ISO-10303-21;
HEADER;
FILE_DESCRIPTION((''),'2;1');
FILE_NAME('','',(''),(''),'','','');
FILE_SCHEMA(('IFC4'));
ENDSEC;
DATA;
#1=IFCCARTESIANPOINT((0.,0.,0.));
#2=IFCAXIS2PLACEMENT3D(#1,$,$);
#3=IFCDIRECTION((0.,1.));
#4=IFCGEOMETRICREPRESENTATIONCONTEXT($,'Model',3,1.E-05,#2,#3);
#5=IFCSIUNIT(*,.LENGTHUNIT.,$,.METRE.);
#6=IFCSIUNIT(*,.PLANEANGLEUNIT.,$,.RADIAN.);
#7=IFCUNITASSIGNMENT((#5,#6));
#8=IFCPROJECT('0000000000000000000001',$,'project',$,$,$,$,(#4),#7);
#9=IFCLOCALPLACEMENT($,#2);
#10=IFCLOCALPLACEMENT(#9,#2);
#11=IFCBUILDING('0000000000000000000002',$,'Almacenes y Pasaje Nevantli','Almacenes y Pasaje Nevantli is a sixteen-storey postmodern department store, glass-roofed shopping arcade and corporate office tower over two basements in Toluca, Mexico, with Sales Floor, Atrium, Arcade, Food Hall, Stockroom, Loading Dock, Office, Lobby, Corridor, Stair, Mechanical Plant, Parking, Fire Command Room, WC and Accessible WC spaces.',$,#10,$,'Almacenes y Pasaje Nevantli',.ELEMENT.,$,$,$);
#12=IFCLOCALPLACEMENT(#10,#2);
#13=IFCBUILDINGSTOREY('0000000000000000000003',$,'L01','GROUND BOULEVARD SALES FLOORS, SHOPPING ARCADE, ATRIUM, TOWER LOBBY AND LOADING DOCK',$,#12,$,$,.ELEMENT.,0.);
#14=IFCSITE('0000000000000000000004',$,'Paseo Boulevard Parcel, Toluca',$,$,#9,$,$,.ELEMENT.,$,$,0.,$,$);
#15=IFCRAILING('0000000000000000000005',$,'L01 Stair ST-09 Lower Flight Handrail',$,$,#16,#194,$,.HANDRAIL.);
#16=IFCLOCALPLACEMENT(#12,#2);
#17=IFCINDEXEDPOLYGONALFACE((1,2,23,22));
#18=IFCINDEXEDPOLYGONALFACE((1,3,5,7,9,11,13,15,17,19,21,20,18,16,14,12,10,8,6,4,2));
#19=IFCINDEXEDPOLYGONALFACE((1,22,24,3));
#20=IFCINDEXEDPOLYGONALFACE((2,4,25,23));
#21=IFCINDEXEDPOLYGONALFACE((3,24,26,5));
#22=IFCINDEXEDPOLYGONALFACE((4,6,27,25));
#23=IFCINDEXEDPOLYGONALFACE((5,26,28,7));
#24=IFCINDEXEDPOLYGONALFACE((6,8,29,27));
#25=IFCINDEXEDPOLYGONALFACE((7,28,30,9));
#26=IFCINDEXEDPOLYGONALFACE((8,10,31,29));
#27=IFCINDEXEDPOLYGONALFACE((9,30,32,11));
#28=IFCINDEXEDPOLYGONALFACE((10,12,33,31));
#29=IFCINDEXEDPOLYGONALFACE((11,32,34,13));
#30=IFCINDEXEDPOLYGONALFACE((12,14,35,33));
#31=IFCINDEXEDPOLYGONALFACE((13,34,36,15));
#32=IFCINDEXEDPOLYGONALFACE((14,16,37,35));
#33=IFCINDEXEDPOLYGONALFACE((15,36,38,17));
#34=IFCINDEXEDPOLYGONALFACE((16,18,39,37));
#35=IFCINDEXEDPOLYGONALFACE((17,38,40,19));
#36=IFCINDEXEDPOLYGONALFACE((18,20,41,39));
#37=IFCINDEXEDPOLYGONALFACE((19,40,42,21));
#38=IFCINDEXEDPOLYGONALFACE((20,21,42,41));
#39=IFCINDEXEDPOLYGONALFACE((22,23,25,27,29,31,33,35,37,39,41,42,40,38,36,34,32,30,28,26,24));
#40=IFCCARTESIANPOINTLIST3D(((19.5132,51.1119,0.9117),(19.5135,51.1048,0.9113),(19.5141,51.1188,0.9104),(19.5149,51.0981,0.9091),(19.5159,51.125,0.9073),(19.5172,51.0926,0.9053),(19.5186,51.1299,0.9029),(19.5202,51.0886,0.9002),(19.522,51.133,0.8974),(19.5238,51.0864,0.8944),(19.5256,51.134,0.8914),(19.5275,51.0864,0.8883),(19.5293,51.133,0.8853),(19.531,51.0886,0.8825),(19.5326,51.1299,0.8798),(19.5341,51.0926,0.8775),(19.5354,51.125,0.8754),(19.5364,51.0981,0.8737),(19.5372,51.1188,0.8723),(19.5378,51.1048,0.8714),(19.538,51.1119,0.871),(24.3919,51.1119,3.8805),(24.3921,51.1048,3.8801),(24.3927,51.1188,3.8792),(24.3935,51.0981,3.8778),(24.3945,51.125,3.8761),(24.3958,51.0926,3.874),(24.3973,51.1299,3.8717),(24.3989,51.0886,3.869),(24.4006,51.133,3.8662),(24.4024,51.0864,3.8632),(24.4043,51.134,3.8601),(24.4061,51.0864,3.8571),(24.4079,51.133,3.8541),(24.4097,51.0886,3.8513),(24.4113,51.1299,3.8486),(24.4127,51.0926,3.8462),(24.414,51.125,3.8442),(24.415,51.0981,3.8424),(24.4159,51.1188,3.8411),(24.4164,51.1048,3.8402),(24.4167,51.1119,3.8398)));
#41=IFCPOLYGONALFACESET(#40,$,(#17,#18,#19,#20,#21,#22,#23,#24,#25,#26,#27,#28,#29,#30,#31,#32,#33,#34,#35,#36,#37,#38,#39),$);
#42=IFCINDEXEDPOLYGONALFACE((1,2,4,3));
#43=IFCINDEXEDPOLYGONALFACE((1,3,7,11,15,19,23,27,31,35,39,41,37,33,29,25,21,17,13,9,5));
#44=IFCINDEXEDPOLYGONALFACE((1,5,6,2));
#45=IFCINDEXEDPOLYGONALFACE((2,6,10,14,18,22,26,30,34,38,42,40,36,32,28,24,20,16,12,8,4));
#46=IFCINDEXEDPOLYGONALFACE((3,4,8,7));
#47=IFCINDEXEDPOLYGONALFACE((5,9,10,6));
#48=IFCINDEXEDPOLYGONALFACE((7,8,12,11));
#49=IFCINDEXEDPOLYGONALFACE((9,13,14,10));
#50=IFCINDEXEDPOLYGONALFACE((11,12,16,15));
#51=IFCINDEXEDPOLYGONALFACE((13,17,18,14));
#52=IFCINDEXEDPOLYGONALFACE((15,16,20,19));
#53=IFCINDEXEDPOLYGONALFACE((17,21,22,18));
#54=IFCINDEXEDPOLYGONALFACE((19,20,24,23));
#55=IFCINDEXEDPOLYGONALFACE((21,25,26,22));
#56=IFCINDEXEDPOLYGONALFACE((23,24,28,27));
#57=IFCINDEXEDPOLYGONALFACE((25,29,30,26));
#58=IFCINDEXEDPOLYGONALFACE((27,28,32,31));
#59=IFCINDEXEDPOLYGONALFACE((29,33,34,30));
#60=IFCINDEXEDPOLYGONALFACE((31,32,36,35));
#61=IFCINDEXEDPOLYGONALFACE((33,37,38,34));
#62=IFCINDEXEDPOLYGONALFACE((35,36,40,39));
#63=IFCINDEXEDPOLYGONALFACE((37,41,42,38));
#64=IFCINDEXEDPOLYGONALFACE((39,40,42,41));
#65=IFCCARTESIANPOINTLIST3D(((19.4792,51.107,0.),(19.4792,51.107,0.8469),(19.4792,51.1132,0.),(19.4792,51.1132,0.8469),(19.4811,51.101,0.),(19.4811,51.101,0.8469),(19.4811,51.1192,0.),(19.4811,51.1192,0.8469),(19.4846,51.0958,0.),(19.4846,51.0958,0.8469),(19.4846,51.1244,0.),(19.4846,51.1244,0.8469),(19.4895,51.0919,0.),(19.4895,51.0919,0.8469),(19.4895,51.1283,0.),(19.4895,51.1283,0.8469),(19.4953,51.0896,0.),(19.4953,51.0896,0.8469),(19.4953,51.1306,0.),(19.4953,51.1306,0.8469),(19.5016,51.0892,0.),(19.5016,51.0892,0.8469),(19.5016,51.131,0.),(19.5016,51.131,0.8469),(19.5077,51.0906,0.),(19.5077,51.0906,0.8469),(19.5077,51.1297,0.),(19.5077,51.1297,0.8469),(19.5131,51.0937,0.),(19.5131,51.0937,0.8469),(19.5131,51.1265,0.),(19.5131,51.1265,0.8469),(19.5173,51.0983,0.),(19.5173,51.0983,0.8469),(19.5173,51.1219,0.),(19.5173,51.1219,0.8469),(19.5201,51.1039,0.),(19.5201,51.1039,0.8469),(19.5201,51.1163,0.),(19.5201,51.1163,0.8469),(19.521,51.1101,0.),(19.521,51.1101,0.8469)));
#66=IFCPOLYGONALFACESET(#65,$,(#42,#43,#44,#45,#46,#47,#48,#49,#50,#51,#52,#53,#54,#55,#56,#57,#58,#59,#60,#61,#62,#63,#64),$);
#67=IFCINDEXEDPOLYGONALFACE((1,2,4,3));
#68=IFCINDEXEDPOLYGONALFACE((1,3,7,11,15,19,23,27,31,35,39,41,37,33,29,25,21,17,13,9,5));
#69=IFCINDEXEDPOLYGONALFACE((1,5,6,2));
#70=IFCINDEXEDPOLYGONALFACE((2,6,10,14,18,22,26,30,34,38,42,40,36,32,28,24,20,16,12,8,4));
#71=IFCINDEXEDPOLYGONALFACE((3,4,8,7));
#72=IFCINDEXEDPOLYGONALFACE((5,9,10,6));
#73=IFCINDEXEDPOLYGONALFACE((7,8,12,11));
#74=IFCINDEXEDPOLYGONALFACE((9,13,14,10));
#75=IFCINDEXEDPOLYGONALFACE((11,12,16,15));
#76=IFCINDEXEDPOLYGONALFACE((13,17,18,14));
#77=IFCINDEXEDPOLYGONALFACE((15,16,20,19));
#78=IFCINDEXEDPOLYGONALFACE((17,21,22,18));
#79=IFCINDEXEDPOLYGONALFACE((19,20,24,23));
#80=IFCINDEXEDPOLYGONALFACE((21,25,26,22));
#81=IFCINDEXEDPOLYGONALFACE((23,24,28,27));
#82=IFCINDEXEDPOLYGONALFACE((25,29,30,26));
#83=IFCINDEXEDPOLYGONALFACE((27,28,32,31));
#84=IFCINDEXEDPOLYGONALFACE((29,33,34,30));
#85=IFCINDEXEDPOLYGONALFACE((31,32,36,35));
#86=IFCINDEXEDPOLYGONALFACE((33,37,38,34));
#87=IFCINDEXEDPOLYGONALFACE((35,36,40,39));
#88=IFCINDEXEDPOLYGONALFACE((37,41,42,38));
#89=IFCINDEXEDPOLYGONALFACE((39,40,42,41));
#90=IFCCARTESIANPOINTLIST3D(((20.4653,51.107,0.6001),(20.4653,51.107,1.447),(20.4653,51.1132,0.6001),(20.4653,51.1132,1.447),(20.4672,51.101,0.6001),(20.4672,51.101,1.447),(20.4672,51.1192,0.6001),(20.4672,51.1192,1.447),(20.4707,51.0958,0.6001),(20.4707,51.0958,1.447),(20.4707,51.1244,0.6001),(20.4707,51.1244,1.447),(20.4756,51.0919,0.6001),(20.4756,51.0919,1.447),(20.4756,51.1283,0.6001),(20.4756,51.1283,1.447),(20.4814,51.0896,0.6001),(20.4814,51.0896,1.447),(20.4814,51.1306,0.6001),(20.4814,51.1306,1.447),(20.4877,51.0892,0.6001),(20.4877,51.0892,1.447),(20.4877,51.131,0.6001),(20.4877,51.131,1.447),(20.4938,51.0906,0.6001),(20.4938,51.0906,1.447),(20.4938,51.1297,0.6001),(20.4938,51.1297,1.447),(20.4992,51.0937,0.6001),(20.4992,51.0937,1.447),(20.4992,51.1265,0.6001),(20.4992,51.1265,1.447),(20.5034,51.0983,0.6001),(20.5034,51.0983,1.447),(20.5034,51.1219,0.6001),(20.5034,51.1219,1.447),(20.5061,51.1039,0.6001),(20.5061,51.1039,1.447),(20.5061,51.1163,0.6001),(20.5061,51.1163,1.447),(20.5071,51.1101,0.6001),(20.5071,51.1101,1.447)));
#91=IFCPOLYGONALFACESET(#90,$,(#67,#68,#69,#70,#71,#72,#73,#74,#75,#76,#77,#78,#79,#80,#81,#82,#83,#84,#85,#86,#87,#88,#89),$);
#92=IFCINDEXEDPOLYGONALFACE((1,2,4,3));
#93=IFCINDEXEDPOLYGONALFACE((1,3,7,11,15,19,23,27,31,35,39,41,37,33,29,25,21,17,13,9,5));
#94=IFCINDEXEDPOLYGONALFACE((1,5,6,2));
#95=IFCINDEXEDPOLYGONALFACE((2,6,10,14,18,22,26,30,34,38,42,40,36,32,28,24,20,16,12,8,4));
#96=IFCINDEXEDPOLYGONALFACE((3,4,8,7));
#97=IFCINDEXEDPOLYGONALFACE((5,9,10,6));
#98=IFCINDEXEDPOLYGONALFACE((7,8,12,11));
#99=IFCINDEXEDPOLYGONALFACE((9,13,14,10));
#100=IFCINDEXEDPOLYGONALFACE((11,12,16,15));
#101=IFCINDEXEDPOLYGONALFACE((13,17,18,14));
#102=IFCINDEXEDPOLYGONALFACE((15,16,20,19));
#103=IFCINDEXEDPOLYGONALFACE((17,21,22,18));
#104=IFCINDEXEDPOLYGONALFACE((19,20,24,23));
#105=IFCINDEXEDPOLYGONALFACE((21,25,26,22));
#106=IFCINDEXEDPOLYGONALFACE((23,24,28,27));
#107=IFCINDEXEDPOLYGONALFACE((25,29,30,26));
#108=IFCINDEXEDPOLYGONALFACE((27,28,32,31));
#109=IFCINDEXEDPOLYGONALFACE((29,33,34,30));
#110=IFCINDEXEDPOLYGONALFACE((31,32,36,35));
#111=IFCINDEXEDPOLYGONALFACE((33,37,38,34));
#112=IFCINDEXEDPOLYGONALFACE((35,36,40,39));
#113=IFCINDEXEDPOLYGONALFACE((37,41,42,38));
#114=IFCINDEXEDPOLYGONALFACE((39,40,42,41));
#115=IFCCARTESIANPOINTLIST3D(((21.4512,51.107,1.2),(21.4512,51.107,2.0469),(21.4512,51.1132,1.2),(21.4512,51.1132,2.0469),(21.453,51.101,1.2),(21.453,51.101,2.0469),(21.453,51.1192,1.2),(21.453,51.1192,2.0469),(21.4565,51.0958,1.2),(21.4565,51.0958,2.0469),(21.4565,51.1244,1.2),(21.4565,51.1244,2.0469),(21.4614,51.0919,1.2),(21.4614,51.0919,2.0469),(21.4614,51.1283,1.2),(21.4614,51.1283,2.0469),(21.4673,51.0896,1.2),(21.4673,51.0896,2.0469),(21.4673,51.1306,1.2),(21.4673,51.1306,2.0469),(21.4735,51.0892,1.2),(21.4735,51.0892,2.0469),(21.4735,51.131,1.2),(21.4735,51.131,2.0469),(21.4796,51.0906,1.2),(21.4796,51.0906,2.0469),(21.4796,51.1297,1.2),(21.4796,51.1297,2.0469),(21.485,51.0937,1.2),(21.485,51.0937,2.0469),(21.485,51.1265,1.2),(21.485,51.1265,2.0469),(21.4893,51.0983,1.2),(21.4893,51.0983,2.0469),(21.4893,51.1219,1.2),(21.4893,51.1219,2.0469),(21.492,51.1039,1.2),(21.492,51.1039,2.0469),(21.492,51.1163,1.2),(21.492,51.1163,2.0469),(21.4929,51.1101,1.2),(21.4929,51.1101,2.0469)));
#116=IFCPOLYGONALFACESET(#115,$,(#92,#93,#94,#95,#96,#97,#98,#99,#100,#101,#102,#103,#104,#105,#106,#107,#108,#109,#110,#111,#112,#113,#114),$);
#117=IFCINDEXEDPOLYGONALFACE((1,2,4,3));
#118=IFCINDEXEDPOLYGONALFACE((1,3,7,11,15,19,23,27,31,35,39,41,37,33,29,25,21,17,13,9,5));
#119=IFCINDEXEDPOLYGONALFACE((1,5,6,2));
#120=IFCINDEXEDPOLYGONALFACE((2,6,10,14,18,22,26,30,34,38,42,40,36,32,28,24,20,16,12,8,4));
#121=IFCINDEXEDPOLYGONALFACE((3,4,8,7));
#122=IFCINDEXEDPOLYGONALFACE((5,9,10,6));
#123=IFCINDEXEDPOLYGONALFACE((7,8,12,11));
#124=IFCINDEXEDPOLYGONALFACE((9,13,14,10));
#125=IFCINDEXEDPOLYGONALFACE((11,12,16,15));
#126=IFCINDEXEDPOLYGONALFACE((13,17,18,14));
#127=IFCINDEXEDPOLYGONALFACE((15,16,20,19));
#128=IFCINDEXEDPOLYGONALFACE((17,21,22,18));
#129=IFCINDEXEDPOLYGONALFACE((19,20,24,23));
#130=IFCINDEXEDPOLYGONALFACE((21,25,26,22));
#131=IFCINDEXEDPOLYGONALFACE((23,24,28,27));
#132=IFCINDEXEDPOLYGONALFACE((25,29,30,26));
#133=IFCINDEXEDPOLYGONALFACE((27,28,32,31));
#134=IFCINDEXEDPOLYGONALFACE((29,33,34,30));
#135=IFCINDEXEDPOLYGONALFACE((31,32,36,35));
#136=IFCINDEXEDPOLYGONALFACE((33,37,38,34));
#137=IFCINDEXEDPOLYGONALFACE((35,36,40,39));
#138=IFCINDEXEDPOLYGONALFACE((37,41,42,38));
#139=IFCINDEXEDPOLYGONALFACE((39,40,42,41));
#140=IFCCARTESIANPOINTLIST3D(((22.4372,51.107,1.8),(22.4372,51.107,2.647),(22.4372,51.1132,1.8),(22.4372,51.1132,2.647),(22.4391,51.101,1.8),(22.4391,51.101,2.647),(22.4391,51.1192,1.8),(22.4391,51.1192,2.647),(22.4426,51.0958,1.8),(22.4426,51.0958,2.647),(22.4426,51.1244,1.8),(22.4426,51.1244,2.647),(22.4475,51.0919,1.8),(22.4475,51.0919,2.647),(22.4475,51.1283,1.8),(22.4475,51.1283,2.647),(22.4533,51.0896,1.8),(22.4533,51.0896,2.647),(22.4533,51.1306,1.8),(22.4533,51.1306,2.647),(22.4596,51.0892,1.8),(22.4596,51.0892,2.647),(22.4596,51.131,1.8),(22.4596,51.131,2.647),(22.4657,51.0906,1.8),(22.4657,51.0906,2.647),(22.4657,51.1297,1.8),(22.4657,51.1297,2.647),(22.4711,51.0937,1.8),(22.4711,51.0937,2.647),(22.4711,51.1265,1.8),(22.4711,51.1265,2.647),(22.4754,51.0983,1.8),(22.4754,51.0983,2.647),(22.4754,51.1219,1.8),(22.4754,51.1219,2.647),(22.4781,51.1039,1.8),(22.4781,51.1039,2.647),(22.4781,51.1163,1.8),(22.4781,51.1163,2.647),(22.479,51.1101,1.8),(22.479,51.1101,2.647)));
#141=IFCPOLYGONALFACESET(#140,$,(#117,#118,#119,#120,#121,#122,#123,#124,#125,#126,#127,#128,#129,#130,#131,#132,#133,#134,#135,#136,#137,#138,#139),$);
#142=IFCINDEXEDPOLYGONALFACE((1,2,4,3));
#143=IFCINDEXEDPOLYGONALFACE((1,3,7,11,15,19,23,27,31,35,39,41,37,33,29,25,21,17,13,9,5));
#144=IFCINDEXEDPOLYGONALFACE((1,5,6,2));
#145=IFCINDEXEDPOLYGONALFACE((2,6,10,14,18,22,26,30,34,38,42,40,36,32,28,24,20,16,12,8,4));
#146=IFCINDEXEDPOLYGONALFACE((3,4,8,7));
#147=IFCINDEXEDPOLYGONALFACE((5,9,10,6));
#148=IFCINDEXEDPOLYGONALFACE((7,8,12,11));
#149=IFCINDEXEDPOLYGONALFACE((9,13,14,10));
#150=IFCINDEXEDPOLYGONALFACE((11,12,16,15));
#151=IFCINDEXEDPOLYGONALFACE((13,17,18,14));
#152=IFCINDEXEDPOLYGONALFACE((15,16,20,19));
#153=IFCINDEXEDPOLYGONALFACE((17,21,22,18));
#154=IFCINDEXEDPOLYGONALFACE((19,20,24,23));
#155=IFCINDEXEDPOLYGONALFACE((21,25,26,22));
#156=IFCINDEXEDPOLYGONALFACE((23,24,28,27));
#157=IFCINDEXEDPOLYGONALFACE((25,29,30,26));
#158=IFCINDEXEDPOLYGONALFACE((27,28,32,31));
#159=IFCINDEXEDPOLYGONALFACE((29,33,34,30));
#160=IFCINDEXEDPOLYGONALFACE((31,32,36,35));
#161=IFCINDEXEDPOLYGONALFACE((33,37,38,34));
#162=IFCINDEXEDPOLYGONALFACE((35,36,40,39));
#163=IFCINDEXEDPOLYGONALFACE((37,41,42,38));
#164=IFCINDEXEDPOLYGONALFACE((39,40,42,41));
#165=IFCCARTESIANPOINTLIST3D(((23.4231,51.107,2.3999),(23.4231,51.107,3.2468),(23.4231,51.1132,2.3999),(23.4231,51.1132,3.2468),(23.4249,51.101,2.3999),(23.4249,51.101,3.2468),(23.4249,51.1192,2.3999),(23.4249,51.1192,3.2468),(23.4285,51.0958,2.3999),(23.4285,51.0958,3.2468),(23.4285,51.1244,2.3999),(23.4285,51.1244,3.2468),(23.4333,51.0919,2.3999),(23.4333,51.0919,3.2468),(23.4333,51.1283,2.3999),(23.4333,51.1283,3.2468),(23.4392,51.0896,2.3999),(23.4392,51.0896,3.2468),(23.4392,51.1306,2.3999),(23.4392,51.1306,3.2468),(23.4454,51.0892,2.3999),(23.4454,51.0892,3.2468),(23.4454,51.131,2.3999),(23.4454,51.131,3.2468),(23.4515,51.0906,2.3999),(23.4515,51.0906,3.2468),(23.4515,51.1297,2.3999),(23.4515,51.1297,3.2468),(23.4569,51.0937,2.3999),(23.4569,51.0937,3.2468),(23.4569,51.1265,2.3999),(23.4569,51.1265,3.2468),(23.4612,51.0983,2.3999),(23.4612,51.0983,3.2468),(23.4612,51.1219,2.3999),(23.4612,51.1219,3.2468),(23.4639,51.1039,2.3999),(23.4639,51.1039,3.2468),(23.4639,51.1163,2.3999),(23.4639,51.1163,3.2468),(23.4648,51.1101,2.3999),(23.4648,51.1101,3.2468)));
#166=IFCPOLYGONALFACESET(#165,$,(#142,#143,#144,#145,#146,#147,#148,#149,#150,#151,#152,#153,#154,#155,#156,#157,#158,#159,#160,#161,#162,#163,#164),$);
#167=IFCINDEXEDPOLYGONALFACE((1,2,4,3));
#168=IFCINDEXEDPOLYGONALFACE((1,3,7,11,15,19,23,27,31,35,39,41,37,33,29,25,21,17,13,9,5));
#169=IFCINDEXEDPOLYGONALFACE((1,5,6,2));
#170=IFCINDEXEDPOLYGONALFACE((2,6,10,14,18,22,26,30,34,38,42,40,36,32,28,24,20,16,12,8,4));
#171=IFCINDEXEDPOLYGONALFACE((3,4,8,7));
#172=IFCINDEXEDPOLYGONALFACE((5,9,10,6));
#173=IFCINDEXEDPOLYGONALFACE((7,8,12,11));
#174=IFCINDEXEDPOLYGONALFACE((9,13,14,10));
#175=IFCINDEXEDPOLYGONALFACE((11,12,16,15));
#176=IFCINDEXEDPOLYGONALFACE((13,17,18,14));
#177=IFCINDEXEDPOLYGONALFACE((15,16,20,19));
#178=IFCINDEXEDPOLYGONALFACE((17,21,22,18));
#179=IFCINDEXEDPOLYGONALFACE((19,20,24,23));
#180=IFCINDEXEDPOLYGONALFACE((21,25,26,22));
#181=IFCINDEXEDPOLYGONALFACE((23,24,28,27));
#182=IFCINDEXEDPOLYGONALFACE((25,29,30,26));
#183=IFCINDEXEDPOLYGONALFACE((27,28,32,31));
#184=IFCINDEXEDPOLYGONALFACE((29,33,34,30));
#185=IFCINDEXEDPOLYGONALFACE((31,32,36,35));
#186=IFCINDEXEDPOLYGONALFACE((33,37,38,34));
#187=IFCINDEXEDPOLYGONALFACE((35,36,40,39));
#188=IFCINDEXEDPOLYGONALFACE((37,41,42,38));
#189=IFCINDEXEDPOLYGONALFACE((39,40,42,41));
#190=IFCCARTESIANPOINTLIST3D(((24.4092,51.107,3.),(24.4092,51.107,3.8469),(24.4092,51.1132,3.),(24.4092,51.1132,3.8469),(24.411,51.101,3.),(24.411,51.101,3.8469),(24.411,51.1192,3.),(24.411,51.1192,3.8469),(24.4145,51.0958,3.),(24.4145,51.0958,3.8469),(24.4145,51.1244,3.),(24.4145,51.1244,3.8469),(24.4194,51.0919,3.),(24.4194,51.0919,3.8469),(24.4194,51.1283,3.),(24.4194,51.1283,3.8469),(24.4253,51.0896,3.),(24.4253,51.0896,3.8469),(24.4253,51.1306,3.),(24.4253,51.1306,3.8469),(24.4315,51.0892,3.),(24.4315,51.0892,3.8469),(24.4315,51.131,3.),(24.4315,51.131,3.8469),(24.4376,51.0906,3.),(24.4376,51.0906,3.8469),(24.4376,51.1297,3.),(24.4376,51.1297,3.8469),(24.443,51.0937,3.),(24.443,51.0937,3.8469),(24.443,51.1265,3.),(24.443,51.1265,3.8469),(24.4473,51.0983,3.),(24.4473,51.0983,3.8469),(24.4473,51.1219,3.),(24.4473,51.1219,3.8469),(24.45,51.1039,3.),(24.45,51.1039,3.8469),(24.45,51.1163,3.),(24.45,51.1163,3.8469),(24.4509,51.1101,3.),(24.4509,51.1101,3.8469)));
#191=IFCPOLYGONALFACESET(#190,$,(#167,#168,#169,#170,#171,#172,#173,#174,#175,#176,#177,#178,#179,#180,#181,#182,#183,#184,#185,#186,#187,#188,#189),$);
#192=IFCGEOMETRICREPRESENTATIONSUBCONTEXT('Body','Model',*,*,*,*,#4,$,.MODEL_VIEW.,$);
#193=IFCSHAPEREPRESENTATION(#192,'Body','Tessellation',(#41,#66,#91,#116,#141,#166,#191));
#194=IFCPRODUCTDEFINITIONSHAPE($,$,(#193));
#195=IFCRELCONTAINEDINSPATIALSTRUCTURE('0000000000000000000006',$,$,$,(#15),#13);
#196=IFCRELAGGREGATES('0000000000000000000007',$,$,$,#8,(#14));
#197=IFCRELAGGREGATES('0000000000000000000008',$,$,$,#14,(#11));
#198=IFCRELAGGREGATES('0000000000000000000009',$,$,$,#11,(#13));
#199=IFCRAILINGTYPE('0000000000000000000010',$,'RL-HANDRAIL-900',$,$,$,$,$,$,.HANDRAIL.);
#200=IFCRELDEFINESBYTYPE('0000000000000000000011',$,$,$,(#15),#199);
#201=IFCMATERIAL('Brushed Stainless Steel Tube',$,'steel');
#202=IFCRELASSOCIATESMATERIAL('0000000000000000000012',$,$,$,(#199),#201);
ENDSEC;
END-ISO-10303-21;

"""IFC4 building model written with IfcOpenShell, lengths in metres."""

from ifc_helpers import new_model, si_unit, direction, frame, origin, origin_2d, place, context, subcontext, project, spatial, circle, extrude, material, type_object, element, save


model = new_model("IFC4")

# Units and contexts
model_context = context("Model", 3, precision=1e-05, world=origin(), true_north=direction((0.0, 1.0)))
body_context = subcontext(model_context, "Body", "Model", "MODEL_VIEW")
ifc_project = project(units=[si_unit("LENGTHUNIT", "METRE"), si_unit("PLANEANGLEUNIT", "RADIAN")], contexts=[model_context])

# Site, building, storey
site_placement = place(None, origin())
site = spatial("IfcSite", under=ifc_project, at=site_placement, Name="Paseo Boulevard Parcel, Toluca", CompositionType="ELEMENT", RefElevation=0.0)
building_placement = place(site_placement, origin())
building = spatial("IfcBuilding", under=site, at=building_placement, Name="Almacenes y Pasaje Nevantli", Description="Almacenes y Pasaje Nevantli is a sixteen-storey postmodern department store, glass-roofed shopping arcade and corporate office tower over two basements in Toluca, Mexico, with Sales Floor, Atrium, Arcade, Food Hall, Stockroom, Loading Dock, Office, Lobby, Corridor, Stair, Mechanical Plant, Parking, Fire Command Room, WC and Accessible WC spaces.", LongName="Almacenes y Pasaje Nevantli", CompositionType="ELEMENT")
storey_placement = place(building_placement, origin())
storey = spatial("IfcBuildingStorey", under=building, at=storey_placement, Name="L01", Description="GROUND BOULEVARD SALES FLOORS, SHOPPING ARCADE, ATRIUM, TOWER LOBBY AND LOADING DOCK", CompositionType="ELEMENT", Elevation=0.0)

# Railing
ifc_material_1 = material(Name="Brushed Stainless Steel Tube", Category="steel")
railing_type_1 = type_object("IfcRailingType", Name="RL-HANDRAIL-900", PredefinedType="HANDRAIL", material=ifc_material_1)
railing_1_placement = place(storey_placement, frame((19.5, 51.1101, 0.0)))
element("IfcRailing", 1, at=railing_1_placement, inside=storey, type_object=railing_type_1, Name="L01 Stair ST-09 Lower Flight Handrail", PredefinedType="HANDRAIL", context=body_context, shape_type="SweptSolid", body=[
    extrude(circle(Radius=0.0239, at=origin_2d()), frame((0.0256, 0.0, 0.8914), z_axis=(0.854262, 0.0, 0.519842), x_axis=(0.0, 1.0, 0.0)), (0.0, 0.0, 1.0), 5.7109),
    extrude(circle(Radius=0.021, at=origin_2d()), origin(), (0.0, 0.0, 1.0), 0.8469),
    extrude(circle(Radius=0.021, at=origin_2d()), frame((0.9861, 0.0, 0.6001)), (0.0, 0.0, 1.0), 0.8469),
    extrude(circle(Radius=0.021, at=origin_2d()), frame((1.9719, 0.0, 1.2)), (0.0, 0.0, 1.0), 0.8469),
    extrude(circle(Radius=0.021, at=origin_2d()), frame((2.958, 0.0, 1.8)), (0.0, 0.0, 1.0), 0.8469),
    extrude(circle(Radius=0.021, at=origin_2d()), frame((3.9438, 0.0, 2.3999)), (0.0, 0.0, 1.0), 0.8469),
    extrude(circle(Radius=0.021, at=origin_2d()), frame((4.9299, 0.0, 3.0)), (0.0, 0.0, 1.0), 0.8469),
])

save(model, "model.ifc")
